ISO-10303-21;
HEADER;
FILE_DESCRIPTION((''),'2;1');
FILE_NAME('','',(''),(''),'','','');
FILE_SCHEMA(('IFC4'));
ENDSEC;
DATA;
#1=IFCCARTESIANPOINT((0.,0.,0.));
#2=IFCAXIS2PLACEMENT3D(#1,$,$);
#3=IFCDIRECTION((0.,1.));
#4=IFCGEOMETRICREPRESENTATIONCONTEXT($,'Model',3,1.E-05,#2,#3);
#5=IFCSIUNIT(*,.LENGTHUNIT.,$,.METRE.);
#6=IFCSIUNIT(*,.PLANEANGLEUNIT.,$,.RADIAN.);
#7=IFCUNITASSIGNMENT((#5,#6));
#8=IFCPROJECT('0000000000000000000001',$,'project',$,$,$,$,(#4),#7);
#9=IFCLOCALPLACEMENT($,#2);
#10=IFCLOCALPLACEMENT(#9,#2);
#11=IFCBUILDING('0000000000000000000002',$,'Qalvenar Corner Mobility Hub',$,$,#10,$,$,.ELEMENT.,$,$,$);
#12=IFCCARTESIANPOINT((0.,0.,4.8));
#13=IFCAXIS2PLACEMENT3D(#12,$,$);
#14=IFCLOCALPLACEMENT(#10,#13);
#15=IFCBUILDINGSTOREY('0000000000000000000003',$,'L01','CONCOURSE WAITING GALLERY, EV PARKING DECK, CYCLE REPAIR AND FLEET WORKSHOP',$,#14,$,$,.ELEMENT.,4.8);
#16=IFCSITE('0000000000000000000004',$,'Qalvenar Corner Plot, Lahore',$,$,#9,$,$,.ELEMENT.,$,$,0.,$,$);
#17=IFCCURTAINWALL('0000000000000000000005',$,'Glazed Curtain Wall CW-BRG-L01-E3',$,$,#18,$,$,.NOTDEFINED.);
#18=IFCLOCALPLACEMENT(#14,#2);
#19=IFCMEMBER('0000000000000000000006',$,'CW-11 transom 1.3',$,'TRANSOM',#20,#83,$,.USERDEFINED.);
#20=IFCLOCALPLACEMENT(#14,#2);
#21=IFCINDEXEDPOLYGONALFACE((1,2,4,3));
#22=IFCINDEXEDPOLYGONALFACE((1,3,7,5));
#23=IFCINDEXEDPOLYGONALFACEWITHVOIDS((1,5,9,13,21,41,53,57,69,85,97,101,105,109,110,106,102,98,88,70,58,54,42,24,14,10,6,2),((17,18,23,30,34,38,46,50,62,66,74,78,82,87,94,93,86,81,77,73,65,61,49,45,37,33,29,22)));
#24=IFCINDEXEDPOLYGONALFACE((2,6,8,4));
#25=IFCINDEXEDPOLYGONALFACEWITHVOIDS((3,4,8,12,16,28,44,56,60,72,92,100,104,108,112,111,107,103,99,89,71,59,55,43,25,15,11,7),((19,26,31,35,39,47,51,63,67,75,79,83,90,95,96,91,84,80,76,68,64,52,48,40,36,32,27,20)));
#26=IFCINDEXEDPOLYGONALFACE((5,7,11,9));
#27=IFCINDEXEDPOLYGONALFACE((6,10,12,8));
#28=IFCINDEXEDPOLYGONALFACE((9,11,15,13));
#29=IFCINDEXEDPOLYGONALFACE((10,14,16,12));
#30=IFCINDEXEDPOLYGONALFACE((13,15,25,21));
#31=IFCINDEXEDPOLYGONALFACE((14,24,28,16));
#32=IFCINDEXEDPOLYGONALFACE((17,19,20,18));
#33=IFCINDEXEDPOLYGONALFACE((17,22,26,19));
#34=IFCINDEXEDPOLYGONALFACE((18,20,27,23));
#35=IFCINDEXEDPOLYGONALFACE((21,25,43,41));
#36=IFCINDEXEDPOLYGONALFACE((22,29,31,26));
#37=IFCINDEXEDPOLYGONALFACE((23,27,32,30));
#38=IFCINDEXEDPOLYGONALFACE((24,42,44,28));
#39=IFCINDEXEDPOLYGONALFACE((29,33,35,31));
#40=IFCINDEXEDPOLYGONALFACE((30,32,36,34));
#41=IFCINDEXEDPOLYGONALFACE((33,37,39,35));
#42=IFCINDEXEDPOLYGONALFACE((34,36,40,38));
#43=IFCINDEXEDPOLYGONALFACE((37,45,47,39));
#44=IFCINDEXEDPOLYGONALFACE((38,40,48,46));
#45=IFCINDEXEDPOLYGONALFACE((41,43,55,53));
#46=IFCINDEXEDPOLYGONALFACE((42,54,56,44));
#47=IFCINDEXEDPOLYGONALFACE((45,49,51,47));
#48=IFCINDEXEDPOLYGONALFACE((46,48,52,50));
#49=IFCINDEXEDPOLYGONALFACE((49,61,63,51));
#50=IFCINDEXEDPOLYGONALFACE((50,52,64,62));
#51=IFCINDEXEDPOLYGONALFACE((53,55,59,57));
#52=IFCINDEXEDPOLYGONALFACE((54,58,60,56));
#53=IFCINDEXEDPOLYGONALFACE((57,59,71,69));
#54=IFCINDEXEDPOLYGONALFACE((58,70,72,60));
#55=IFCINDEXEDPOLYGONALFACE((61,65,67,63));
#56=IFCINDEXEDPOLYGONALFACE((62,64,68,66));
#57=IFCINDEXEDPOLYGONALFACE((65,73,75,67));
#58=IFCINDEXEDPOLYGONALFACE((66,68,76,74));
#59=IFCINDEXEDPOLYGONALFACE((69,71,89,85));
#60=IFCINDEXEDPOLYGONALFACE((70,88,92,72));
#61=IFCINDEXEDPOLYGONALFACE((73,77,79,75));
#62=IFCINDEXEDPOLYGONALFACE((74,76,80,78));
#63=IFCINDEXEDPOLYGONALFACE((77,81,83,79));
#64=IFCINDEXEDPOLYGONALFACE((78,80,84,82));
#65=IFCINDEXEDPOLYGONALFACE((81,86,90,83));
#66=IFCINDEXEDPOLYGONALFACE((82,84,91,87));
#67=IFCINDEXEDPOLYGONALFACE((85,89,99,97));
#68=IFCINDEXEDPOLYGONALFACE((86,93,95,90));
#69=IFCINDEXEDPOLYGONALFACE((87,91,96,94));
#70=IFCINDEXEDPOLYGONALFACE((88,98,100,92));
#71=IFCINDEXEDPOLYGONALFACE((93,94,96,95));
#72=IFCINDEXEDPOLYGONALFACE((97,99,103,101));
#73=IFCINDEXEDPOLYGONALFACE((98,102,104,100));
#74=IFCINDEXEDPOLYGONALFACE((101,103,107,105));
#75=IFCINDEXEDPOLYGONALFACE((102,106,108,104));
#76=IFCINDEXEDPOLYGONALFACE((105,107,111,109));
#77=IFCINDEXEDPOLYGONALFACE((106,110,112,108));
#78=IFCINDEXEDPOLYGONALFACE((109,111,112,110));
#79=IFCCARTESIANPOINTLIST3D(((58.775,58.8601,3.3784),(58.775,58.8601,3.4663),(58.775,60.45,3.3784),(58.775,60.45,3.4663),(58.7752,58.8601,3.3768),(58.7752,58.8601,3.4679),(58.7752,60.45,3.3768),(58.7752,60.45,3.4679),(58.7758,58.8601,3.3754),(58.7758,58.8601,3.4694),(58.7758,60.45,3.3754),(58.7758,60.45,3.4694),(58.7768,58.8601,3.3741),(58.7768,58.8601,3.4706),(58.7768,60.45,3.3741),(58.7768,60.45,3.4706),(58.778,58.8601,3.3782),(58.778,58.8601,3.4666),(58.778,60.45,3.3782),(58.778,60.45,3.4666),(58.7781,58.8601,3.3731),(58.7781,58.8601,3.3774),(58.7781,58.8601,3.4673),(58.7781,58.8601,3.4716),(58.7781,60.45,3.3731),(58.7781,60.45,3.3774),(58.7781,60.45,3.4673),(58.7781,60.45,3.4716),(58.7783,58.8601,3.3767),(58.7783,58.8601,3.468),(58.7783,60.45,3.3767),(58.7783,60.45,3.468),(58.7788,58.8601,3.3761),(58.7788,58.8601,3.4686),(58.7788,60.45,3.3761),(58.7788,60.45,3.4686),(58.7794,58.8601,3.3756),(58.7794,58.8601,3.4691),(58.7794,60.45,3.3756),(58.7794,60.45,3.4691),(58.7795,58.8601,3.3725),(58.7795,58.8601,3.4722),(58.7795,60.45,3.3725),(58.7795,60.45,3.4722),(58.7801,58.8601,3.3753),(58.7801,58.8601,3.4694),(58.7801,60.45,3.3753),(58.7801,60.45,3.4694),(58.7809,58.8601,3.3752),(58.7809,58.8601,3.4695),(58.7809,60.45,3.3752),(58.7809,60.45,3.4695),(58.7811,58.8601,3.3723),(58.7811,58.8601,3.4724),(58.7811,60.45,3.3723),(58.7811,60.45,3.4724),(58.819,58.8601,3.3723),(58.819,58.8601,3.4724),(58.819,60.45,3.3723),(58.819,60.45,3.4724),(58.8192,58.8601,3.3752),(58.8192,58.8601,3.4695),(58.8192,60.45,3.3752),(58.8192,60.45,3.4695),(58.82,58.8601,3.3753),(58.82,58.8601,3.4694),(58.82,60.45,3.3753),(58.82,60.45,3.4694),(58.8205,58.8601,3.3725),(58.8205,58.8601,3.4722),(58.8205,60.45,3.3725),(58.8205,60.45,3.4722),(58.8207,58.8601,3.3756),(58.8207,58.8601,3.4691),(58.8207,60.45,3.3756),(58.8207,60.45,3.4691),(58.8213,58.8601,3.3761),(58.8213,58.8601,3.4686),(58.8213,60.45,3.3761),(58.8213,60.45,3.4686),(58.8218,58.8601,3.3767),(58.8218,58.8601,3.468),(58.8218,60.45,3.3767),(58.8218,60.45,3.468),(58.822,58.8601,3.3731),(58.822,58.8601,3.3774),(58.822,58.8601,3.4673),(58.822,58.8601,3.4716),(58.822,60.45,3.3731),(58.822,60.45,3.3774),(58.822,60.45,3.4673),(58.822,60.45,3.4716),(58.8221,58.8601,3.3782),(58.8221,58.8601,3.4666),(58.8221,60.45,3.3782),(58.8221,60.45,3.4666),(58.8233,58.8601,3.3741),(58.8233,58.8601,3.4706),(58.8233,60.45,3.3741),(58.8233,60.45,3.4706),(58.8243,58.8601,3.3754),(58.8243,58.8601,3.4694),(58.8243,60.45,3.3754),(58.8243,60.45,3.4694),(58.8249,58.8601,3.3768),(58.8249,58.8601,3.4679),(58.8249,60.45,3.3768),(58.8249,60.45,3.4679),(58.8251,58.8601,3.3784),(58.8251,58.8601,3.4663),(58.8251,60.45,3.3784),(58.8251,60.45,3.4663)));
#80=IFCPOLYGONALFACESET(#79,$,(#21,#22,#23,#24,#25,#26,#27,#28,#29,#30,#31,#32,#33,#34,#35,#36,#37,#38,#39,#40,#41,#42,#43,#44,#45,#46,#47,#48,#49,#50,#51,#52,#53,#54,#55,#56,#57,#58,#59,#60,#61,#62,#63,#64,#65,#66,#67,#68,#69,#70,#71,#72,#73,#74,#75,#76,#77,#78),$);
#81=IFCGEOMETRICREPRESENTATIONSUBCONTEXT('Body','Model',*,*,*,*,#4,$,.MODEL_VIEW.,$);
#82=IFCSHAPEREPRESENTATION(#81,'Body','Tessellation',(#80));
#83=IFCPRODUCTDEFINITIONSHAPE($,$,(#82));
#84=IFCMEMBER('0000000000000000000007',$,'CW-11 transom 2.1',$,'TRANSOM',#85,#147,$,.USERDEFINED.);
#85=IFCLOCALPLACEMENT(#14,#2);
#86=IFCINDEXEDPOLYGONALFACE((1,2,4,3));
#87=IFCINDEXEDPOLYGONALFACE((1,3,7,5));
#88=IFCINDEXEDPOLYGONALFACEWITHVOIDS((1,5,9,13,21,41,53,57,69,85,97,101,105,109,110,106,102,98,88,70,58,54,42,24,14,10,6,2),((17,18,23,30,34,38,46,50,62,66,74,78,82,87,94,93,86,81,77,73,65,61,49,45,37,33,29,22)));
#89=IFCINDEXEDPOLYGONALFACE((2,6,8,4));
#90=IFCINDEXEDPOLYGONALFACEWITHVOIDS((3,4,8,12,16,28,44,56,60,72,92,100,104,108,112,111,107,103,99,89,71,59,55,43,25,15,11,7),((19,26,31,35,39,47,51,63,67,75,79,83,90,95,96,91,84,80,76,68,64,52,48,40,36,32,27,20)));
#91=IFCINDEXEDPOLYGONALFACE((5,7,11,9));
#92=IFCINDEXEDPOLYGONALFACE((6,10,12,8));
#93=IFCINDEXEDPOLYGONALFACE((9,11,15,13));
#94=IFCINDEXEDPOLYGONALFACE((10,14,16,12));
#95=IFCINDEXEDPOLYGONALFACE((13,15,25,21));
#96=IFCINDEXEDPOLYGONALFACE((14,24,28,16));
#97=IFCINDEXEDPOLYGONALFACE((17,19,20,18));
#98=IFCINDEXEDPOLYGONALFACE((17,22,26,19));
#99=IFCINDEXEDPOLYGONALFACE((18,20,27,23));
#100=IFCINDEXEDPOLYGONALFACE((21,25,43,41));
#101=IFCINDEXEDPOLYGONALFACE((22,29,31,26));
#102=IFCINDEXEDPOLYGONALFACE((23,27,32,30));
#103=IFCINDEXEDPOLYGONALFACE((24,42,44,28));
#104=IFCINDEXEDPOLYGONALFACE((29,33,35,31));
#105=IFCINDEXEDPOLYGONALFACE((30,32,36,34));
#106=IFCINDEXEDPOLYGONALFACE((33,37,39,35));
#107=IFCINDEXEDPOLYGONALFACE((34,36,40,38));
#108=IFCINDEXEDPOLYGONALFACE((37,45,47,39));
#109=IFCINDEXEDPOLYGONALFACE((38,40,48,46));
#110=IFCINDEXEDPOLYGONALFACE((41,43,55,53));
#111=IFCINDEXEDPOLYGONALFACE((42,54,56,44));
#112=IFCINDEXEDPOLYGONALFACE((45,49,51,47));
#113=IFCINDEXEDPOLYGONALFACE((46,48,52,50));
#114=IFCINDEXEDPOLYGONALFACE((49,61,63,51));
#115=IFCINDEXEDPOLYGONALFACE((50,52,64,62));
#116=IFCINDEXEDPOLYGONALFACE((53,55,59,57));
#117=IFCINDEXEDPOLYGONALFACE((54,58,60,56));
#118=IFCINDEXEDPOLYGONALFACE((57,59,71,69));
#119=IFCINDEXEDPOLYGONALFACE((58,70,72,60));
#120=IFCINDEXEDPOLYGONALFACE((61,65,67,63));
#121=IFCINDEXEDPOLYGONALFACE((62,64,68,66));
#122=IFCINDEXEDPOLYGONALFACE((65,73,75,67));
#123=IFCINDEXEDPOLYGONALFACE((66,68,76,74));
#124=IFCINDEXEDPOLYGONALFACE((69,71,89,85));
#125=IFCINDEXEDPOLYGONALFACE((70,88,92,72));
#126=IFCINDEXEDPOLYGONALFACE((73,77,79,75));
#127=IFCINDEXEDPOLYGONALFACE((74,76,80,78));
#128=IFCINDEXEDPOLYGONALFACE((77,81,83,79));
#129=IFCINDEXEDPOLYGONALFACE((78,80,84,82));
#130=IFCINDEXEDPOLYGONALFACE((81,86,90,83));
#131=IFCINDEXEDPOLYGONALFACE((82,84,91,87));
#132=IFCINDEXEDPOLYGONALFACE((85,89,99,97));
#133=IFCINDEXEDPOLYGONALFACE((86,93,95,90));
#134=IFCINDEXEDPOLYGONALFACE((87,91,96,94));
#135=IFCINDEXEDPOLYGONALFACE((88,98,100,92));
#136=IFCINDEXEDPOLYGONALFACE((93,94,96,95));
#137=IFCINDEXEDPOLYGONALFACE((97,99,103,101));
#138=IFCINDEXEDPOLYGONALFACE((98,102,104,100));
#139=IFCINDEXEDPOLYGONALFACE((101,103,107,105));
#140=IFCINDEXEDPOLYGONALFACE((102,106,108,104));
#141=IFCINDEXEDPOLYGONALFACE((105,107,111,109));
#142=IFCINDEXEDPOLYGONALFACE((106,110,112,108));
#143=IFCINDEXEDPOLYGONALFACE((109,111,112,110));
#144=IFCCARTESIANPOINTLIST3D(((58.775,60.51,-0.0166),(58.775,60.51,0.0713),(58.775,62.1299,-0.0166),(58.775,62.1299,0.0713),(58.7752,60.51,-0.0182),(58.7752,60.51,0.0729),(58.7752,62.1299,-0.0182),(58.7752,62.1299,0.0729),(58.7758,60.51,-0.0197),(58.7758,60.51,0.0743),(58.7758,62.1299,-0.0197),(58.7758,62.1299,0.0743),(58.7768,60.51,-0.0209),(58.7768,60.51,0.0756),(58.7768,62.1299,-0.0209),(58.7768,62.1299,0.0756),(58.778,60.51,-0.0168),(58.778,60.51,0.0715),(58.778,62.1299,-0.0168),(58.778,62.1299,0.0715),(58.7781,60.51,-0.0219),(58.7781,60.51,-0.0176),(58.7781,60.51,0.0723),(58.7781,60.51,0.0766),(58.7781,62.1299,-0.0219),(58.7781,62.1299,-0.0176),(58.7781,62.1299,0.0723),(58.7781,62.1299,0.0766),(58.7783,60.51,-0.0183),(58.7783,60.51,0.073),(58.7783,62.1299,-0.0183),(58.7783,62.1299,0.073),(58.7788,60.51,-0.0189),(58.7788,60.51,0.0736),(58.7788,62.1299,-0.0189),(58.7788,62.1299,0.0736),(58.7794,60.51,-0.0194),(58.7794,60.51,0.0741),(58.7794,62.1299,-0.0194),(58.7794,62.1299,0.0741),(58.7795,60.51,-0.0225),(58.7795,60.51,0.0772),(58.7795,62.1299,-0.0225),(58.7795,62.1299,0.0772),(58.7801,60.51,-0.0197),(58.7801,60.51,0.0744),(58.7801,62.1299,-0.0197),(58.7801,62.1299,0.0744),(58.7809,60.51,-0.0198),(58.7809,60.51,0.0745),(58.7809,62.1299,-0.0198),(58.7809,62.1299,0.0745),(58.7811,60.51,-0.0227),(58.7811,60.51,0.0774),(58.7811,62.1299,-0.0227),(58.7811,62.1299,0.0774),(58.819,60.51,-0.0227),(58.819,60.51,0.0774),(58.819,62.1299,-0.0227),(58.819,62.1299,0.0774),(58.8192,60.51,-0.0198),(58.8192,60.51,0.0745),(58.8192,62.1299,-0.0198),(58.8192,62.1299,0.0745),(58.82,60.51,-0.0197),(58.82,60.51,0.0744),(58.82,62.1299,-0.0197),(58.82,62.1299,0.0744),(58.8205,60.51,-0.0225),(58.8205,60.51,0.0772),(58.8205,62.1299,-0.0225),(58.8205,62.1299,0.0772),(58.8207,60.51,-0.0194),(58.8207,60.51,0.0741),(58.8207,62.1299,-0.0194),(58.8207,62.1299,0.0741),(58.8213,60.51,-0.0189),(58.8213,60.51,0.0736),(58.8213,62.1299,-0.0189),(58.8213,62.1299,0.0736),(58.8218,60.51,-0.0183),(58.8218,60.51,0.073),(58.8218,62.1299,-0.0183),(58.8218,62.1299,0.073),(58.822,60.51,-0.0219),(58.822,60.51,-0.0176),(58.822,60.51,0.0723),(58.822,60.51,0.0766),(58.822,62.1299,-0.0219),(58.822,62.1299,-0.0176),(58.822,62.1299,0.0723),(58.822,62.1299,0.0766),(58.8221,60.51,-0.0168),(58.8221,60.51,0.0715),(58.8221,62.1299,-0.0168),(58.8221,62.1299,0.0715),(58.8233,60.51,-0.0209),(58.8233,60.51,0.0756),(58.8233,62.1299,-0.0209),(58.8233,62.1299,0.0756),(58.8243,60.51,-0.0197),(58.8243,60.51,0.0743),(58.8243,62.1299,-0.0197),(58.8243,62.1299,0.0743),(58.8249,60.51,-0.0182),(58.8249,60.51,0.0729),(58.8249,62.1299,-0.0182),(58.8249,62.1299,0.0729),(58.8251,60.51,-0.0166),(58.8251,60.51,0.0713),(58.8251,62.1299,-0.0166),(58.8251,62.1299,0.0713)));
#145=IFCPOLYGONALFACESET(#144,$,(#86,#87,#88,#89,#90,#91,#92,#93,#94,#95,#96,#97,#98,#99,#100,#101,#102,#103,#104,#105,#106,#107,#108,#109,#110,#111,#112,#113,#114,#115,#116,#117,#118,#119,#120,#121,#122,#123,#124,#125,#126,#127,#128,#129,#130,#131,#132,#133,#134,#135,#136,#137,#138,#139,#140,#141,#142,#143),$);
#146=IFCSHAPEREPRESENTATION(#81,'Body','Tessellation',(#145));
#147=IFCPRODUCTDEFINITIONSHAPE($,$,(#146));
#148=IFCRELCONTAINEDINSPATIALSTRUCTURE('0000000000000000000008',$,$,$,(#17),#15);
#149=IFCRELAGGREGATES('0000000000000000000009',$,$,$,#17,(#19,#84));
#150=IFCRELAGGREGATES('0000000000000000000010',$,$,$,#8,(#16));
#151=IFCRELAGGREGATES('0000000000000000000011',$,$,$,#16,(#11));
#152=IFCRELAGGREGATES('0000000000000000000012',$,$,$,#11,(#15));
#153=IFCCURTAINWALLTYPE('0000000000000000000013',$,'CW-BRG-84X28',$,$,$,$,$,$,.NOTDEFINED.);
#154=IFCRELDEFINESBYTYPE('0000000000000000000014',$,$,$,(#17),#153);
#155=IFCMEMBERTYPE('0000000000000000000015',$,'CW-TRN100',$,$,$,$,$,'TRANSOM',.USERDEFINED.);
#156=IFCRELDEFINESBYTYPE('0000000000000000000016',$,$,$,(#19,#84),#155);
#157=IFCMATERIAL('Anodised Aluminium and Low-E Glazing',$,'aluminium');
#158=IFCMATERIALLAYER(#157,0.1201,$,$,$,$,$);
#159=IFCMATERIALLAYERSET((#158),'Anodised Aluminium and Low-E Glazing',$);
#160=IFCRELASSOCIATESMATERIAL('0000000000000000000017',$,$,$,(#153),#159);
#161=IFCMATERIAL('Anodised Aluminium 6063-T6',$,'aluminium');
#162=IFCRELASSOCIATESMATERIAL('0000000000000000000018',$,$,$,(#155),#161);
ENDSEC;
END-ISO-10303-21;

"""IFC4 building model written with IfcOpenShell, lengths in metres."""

from ifc_helpers import new_model, si_unit, direction, frame, origin, origin_2d, place, context, subcontext, project, spatial, hollow_rectangle, extrude, material, layer, layer_set, material_profile, profile_set, type_object, element, aggregate, save


model = new_model("IFC4")

# Units and contexts
model_context = context("Model", 3, precision=1e-05, world=origin(), true_north=direction((0.0, 1.0)))
body_context = subcontext(model_context, "Body", "Model", "MODEL_VIEW")
ifc_project = project(units=[si_unit("LENGTHUNIT", "METRE"), si_unit("PLANEANGLEUNIT", "RADIAN")], contexts=[model_context])

# Site, building, storey
site_placement = place(None, origin())
site = spatial("IfcSite", under=ifc_project, at=site_placement, Name="Qalvenar Corner Plot, Lahore", CompositionType="ELEMENT", RefElevation=0.0)
building_placement = place(site_placement, origin())
building = spatial("IfcBuilding", under=site, at=building_placement, Name="Qalvenar Corner Mobility Hub", CompositionType="ELEMENT")
storey_placement = place(building_placement, frame((0.0, 0.0, 4.8)))
storey = spatial("IfcBuildingStorey", under=building, at=storey_placement, Name="L01", Description="CONCOURSE WAITING GALLERY, EV PARKING DECK, CYCLE REPAIR AND FLEET WORKSHOP", CompositionType="ELEMENT", Elevation=4.8)

# Shared definitions
ifc_material_1 = material(Name="Anodised Aluminium and Low-E Glazing", Category="aluminium")
ifc_layer_1 = layer(ifc_material_1, 0.1201)
ifc_layer_set_1 = layer_set([ifc_layer_1], Name="Anodised Aluminium and Low-E Glazing")
curtain_wall_type = type_object("IfcCurtainWallType", Name="CW-BRG-84X28", PredefinedType="NOTDEFINED", material=ifc_layer_set_1)
ifc_material_2 = material(Name="Anodised Aluminium 6063-T6", Category="aluminium")

# Curtain wall, members
curtain_wall_1_placement = place(storey_placement, origin())
curtain_wall_1 = element("IfcCurtainWall", 1, at=curtain_wall_1_placement, inside=storey, type_object=curtain_wall_type, Name="Glazed Curtain Wall CW-BRG-L01-E3", PredefinedType="NOTDEFINED")
ifc_material_profile_1 = material_profile(ifc_material_2, hollow_rectangle(XDim=0.05, YDim=0.1001, WallThickness=0.0029, InnerFilletRadius=0.0029, OuterFilletRadius=0.0061, at=origin_2d()), Name="RHS100x50x3")
ifc_profile_set_1 = profile_set([ifc_material_profile_1], Name="Anodised Aluminium 6063-T6")
member_type_1 = type_object("IfcMemberType", Name="CW-TRN100", ElementType="TRANSOM", PredefinedType="USERDEFINED", material=ifc_profile_set_1)
member_1_placement = place(storey_placement, frame((58.8, 58.8601, 3.4224), z_axis=(0.0, 1.0, 0.0), x_axis=(-1.0, 0.0, 0.0)))
member_1 = element("IfcMember", 2, at=member_1_placement, type_object=member_type_1, Name="CW-11 transom 1.3", ObjectType="TRANSOM", PredefinedType="USERDEFINED", context=body_context, shape_type="SweptSolid", body=[
    extrude(hollow_rectangle(XDim=0.05, YDim=0.1001, WallThickness=0.0029, InnerFilletRadius=0.0029, OuterFilletRadius=0.0061, at=origin_2d()), origin(), (0.0, 0.0, 1.0), 1.5898),
])
member_2_placement = place(storey_placement, frame((58.8, 60.51, 0.0273), z_axis=(0.0, 1.0, 0.0), x_axis=(-1.0, 0.0, 0.0)))
member_2 = element("IfcMember", 3, at=member_2_placement, type_object=member_type_1, Name="CW-11 transom 2.1", ObjectType="TRANSOM", PredefinedType="USERDEFINED", context=body_context, shape_type="SweptSolid", body=[
    extrude(hollow_rectangle(XDim=0.05, YDim=0.1001, WallThickness=0.0029, InnerFilletRadius=0.0029, OuterFilletRadius=0.0061, at=origin_2d()), origin(), (0.0, 0.0, 1.0), 1.6199),
])

aggregate(curtain_wall_1, [member_1, member_2])

save(model, "model.ifc")
